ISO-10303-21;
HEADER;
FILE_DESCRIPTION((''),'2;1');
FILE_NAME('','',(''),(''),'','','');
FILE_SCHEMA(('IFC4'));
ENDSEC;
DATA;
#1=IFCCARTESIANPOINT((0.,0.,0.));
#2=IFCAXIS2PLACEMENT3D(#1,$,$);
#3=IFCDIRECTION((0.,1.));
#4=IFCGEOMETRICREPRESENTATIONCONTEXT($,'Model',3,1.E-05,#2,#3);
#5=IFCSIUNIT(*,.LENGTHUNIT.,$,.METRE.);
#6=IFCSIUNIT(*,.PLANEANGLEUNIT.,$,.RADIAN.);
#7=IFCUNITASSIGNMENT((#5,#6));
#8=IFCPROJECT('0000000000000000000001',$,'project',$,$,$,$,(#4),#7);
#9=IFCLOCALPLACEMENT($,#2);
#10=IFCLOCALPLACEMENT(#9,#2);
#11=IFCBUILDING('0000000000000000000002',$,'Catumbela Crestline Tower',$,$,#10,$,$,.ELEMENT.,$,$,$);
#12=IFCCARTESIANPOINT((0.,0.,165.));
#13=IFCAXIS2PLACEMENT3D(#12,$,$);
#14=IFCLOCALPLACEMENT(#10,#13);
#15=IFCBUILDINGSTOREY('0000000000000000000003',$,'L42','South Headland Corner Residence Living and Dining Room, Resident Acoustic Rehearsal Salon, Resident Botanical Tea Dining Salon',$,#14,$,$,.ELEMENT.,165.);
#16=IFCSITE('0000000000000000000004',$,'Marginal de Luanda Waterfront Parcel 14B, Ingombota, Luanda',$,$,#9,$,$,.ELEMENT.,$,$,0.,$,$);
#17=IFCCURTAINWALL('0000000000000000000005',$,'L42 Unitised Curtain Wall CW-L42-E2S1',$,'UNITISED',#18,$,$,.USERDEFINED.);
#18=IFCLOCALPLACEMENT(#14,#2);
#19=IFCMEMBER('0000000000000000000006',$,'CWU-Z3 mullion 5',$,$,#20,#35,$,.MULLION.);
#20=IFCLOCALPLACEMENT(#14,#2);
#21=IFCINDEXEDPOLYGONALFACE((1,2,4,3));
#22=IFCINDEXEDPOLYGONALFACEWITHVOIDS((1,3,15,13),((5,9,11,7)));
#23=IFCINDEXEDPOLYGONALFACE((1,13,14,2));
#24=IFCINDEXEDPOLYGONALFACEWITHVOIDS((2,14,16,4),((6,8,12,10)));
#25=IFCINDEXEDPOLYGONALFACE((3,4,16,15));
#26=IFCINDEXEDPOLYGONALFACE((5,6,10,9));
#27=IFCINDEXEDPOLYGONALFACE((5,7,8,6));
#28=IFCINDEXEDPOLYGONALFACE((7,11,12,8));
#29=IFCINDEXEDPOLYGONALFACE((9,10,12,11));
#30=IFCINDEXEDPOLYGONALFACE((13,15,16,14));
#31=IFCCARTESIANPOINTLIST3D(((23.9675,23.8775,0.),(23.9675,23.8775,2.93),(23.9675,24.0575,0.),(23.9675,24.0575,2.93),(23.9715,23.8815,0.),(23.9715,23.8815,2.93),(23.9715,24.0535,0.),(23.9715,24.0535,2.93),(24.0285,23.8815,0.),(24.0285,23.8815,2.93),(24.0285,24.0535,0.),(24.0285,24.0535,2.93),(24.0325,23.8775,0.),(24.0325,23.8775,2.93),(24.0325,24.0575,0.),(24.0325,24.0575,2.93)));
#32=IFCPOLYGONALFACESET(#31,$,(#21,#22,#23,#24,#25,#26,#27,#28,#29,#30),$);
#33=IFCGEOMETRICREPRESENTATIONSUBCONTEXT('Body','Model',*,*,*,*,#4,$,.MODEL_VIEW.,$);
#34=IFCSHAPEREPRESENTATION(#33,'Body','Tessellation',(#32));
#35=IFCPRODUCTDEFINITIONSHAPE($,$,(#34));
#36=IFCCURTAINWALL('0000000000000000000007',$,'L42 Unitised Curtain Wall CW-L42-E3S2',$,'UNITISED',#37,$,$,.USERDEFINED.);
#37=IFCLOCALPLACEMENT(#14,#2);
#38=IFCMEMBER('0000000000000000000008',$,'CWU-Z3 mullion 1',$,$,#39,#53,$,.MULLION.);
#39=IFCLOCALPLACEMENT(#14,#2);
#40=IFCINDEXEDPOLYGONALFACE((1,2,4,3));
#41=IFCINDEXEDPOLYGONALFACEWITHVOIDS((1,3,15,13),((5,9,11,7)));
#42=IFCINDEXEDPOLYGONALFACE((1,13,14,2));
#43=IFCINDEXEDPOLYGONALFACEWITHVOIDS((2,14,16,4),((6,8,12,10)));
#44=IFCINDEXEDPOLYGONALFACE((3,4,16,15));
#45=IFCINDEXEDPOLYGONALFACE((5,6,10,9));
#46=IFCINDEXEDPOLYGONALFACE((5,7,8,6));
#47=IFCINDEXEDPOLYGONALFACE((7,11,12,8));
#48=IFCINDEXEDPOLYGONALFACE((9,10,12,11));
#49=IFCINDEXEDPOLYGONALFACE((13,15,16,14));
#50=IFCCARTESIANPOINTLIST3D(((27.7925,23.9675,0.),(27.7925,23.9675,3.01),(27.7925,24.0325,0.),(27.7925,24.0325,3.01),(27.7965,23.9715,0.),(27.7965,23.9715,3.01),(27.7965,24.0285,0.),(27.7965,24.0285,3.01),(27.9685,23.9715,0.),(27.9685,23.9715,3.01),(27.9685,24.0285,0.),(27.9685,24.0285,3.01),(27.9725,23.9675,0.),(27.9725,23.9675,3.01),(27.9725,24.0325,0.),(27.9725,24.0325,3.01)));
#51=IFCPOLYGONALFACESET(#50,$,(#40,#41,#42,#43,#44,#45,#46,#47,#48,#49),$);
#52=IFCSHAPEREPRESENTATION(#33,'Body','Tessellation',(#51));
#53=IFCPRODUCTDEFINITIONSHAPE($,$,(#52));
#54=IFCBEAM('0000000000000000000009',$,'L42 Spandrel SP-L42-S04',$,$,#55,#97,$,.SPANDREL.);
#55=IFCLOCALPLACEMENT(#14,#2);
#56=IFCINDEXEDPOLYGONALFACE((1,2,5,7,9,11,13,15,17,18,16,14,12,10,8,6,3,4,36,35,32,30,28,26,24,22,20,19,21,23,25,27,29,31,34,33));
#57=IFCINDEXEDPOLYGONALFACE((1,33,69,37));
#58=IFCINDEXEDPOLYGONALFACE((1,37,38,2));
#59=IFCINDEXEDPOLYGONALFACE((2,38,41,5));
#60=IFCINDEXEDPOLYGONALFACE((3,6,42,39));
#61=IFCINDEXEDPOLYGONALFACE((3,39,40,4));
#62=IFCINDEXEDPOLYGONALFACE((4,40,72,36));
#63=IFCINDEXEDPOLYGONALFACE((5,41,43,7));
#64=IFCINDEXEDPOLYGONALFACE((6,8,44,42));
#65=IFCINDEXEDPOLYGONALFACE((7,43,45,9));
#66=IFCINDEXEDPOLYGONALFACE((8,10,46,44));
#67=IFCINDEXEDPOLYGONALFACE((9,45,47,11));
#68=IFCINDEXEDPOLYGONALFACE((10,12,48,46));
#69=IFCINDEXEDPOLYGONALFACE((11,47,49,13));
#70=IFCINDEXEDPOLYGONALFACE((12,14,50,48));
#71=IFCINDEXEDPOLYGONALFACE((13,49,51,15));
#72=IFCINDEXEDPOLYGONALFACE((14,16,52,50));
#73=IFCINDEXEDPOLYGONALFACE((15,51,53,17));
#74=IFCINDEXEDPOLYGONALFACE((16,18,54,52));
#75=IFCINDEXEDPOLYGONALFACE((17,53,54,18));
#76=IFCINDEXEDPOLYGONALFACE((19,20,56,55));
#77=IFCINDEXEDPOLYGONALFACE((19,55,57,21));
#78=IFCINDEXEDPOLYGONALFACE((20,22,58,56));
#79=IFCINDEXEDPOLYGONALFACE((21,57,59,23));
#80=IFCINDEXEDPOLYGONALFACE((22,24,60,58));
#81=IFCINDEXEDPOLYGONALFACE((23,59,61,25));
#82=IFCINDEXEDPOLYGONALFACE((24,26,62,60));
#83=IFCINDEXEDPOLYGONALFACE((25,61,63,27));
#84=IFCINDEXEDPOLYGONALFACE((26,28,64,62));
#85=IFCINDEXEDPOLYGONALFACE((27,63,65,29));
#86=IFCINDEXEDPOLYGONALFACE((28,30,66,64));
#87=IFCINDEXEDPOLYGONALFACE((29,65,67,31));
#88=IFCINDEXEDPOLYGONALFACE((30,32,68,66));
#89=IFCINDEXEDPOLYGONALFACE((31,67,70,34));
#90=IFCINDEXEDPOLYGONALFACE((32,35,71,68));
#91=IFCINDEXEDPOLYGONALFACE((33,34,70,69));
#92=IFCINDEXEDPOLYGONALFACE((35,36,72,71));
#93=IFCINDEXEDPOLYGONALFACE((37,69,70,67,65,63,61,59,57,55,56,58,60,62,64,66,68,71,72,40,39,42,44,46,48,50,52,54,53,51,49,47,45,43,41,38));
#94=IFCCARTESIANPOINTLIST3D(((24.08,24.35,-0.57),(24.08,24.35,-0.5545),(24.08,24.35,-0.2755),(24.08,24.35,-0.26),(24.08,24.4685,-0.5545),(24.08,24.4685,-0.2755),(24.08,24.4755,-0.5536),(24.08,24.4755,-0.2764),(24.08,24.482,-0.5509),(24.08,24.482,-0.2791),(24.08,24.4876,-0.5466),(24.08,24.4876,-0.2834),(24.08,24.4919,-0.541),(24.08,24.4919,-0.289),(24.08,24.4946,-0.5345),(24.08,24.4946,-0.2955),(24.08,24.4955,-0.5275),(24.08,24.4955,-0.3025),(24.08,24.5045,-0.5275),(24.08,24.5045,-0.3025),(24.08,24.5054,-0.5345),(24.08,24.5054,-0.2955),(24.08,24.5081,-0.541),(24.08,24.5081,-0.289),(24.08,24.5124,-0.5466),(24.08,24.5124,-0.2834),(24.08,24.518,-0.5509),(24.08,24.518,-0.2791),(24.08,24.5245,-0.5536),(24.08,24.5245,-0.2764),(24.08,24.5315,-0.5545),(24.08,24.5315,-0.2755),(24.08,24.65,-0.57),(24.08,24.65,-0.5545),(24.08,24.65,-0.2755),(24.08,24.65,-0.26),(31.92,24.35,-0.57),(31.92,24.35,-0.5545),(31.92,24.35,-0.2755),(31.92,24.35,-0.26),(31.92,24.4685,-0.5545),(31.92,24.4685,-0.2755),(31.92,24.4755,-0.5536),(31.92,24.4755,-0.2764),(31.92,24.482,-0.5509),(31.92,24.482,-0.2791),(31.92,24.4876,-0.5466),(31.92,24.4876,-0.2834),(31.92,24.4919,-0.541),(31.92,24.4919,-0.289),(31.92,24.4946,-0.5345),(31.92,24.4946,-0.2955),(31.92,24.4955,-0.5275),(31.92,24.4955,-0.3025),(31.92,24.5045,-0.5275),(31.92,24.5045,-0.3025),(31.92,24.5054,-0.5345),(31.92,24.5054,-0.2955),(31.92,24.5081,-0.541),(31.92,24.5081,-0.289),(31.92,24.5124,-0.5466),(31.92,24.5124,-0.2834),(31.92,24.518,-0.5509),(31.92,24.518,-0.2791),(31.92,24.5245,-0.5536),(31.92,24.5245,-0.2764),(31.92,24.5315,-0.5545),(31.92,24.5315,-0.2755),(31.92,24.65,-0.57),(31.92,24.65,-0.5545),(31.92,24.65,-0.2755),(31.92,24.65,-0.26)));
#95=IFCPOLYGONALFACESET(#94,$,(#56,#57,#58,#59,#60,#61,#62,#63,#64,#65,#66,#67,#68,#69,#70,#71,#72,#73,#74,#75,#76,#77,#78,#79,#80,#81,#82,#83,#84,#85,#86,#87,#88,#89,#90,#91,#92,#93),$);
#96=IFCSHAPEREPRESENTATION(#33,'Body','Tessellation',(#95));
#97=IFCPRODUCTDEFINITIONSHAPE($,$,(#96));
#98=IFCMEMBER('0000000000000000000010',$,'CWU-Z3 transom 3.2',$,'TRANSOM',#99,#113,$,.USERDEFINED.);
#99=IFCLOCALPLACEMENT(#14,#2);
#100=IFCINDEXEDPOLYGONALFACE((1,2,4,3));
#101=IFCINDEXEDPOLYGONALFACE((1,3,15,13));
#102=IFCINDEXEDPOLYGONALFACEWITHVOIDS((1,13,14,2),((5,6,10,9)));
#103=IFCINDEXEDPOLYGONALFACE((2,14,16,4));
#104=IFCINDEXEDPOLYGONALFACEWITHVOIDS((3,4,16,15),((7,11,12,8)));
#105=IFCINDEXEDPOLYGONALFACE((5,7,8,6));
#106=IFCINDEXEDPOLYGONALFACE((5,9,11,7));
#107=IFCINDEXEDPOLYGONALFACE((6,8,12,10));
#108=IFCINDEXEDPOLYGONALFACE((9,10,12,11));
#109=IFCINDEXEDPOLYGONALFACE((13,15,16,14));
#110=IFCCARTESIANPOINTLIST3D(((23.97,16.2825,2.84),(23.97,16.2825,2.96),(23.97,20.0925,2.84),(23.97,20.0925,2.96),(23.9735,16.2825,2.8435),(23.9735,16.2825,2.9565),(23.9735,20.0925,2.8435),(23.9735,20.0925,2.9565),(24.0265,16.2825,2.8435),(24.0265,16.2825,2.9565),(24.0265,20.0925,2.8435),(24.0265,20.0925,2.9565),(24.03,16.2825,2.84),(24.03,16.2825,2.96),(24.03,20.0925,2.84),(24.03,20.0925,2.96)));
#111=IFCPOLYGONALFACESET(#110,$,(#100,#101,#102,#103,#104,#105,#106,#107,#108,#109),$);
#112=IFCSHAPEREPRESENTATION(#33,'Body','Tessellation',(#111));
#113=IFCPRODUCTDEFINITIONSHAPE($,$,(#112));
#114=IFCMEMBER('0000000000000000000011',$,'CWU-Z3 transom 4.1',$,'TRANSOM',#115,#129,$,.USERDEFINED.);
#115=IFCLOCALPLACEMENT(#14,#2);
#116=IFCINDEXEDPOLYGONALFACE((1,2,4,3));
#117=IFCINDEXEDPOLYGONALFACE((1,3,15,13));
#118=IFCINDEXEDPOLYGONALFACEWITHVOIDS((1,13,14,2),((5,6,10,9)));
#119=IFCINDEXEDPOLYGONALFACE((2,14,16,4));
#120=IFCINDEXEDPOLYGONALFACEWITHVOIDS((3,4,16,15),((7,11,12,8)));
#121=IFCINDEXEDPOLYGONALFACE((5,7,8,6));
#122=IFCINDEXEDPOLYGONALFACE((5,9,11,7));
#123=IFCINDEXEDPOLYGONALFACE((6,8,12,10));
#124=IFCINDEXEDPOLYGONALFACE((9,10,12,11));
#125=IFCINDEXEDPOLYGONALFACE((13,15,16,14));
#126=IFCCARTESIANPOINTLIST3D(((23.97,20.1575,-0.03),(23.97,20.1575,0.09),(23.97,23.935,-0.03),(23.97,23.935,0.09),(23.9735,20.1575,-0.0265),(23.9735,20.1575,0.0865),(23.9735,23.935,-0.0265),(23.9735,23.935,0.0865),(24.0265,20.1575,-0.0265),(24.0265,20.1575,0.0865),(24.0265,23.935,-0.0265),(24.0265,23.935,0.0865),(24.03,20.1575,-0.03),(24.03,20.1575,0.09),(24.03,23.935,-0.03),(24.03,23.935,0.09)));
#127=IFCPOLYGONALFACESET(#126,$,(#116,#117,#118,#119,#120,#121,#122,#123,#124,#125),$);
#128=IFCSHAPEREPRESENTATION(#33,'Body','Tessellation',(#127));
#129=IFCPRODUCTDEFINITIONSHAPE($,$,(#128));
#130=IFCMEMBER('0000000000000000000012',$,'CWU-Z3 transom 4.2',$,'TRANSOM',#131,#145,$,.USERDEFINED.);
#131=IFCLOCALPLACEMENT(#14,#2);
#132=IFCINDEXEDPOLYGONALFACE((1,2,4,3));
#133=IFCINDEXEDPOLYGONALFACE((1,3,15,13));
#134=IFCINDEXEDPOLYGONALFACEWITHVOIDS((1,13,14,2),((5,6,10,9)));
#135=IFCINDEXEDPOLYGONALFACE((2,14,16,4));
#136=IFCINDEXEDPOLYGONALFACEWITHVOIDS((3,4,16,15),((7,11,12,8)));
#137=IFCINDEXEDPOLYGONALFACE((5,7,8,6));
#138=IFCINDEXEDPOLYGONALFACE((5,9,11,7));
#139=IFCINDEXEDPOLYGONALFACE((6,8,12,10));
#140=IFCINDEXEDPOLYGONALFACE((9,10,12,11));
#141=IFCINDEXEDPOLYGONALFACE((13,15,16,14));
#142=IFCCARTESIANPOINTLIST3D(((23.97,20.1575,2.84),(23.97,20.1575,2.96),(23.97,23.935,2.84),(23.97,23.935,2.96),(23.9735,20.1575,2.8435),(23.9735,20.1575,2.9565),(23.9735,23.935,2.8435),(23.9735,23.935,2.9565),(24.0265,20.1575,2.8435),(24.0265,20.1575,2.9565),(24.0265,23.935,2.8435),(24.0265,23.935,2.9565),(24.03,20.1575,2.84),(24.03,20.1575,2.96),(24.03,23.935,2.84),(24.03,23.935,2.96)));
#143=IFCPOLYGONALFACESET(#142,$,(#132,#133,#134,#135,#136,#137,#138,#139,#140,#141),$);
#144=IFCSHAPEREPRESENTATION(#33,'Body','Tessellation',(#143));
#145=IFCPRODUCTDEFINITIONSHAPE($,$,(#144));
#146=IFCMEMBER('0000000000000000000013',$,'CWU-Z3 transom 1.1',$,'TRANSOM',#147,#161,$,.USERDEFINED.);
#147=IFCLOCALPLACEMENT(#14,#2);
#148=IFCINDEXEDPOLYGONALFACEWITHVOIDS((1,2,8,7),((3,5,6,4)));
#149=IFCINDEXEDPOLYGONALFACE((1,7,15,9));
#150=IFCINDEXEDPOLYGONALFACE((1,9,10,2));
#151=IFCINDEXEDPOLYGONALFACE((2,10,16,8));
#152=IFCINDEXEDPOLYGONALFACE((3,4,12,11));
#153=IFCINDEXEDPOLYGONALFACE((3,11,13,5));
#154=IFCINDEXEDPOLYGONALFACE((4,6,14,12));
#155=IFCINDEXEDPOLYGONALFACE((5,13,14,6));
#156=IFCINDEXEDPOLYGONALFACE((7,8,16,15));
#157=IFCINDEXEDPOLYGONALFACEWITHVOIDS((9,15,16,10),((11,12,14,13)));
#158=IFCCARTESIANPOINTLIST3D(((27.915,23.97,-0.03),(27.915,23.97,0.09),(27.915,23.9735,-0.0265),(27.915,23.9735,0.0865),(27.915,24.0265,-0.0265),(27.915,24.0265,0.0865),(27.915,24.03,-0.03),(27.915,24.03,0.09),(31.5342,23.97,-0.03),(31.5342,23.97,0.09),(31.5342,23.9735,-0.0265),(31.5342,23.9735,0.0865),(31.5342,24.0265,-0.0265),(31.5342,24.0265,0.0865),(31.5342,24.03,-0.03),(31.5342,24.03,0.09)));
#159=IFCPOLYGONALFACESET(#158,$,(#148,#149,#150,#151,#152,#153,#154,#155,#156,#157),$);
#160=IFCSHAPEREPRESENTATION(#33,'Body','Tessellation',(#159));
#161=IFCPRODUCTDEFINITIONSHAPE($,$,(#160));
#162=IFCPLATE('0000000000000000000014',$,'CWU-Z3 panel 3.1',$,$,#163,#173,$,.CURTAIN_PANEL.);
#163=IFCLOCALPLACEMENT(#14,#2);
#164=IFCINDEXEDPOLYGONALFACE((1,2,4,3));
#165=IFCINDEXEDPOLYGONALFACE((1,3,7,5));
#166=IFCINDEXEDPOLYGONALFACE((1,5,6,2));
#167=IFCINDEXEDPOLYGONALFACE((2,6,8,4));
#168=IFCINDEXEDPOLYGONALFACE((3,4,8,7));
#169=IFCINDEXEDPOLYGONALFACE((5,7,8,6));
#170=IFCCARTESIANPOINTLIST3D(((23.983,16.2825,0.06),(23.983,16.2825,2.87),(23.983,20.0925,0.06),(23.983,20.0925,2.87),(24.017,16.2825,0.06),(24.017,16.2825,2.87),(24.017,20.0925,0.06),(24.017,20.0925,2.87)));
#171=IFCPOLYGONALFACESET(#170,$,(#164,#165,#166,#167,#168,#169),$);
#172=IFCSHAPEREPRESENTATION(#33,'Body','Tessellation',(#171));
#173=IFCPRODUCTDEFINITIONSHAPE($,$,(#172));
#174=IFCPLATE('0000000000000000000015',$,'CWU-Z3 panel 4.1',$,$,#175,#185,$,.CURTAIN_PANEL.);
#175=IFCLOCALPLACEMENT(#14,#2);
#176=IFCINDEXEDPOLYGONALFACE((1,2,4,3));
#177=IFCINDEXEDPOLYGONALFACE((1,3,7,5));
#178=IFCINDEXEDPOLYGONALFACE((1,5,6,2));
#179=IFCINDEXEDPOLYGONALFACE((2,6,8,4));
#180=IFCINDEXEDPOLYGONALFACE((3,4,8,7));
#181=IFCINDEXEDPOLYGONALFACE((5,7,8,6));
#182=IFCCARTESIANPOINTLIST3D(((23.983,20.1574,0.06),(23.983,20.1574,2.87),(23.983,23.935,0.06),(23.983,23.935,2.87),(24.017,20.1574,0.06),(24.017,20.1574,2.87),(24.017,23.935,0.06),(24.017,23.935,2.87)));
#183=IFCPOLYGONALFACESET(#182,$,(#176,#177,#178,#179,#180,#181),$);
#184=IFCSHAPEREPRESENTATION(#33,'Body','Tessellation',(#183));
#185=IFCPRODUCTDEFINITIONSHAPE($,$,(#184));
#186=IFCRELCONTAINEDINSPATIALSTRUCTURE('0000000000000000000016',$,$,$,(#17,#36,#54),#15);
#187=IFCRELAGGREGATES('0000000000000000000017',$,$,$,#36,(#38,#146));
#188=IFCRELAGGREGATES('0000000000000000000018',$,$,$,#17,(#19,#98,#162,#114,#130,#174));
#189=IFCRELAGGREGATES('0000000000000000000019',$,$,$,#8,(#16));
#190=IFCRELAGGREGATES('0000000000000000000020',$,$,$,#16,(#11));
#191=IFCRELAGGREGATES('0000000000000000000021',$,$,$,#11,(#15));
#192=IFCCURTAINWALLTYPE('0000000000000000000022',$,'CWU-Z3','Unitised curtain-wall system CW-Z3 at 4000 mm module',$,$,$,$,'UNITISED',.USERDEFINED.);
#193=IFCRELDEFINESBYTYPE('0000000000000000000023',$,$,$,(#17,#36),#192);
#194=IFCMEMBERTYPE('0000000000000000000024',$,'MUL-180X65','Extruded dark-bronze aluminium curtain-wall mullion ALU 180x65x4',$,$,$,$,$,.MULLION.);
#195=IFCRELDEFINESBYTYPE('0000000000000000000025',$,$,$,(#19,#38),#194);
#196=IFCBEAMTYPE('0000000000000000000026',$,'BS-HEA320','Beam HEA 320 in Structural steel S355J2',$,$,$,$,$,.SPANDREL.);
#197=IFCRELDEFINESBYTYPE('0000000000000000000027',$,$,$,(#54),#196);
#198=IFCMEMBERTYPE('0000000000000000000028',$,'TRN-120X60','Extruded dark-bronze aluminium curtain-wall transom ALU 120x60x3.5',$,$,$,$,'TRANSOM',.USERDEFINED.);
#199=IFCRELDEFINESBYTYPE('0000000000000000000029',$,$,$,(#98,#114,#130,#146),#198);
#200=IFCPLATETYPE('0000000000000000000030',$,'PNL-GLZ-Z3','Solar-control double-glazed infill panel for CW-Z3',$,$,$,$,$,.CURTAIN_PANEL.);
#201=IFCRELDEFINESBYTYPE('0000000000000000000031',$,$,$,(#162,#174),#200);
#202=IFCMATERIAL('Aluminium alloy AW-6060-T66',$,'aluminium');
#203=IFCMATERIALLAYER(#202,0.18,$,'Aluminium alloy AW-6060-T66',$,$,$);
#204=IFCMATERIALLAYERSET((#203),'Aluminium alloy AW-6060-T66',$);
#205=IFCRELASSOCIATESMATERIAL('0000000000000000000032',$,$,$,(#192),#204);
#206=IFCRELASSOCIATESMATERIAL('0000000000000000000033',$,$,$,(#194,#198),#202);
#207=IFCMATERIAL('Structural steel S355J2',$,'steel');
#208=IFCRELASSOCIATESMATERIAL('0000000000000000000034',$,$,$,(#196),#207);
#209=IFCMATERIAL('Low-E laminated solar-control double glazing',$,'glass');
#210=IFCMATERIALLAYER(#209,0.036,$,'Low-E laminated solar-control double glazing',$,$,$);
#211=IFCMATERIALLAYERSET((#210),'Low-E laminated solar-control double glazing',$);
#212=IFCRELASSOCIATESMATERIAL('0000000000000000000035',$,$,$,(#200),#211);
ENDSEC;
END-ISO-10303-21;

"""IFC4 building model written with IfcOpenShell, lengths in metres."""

from ifc_helpers import new_model, si_unit, direction, frame, origin, origin_2d, place, context, subcontext, project, spatial, rectangle, hollow_rectangle, i_section, extrude, material, layer, layer_set, material_profile, profile_set, type_object, element, aggregate, save


model = new_model("IFC4")

# Units and contexts
model_context = context("Model", 3, precision=1e-05, world=origin(), true_north=direction((0.0, 1.0)))
body_context = subcontext(model_context, "Body", "Model", "MODEL_VIEW")
ifc_project = project(units=[si_unit("LENGTHUNIT", "METRE"), si_unit("PLANEANGLEUNIT", "RADIAN")], contexts=[model_context])

# Site, building, storey
site_placement = place(None, origin())
site = spatial("IfcSite", under=ifc_project, at=site_placement, Name="Marginal de Luanda Waterfront Parcel 14B, Ingombota, Luanda", CompositionType="ELEMENT", RefElevation=0.0)
building_placement = place(site_placement, origin())
building = spatial("IfcBuilding", under=site, at=building_placement, Name="Catumbela Crestline Tower", CompositionType="ELEMENT")
storey_placement = place(building_placement, frame((0.0, 0.0, 165.0)))
storey = spatial("IfcBuildingStorey", under=building, at=storey_placement, Name="L42", Description="South Headland Corner Residence Living and Dining Room, Resident Acoustic Rehearsal Salon, Resident Botanical Tea Dining Salon", CompositionType="ELEMENT", Elevation=165.0)

# Shared definitions
ifc_material_1 = material(Name="Structural steel S355J2", Category="steel")

# Curtain wall, member
ifc_material_2 = material(Name="Aluminium alloy AW-6060-T66", Category="aluminium")
ifc_layer_1 = layer(ifc_material_2, 0.18, Name="Aluminium alloy AW-6060-T66")
ifc_layer_set_1 = layer_set([ifc_layer_1], Name="Aluminium alloy AW-6060-T66")
curtain_wall_type = type_object("IfcCurtainWallType", Name="CWU-Z3", Description="Unitised curtain-wall system CW-Z3 at 4000 mm module", ElementType="UNITISED", PredefinedType="USERDEFINED", material=ifc_layer_set_1)
curtain_wall_1_placement = place(storey_placement, origin())
curtain_wall_1 = element("IfcCurtainWall", 1, at=curtain_wall_1_placement, inside=storey, type_object=curtain_wall_type, Name="L42 Unitised Curtain Wall CW-L42-E2S1", ObjectType="UNITISED", PredefinedType="USERDEFINED")
ifc_material_profile_1 = material_profile(ifc_material_2, hollow_rectangle(XDim=0.065, YDim=0.18, WallThickness=0.004, at=origin_2d()), Name="ALU 180x65x4")
ifc_profile_set_1 = profile_set([ifc_material_profile_1], Name="Aluminium alloy AW-6060-T66")
member_type_1 = type_object("IfcMemberType", Name="MUL-180X65", Description="Extruded dark-bronze aluminium curtain-wall mullion ALU 180x65x4", PredefinedType="MULLION", material=ifc_profile_set_1)
member_1_placement = place(storey_placement, frame((24.0, 23.9675, 0.0), z_axis=(0.0, 0.0, 1.0), x_axis=(-1.0, 0.0, 0.0)))
member_1 = element("IfcMember", 2, at=member_1_placement, type_object=member_type_1, Name="CWU-Z3 mullion 5", PredefinedType="MULLION", context=body_context, shape_type="SweptSolid", body=[
    extrude(hollow_rectangle(XDim=0.065, YDim=0.18, WallThickness=0.004, at=origin_2d()), origin(), (0.0, 0.0, 1.0), 2.93),
])

# Curtain wall, member
curtain_wall_2_placement = place(storey_placement, origin())
curtain_wall_2 = element("IfcCurtainWall", 3, at=curtain_wall_2_placement, inside=storey, type_object=curtain_wall_type, Name="L42 Unitised Curtain Wall CW-L42-E3S2", ObjectType="UNITISED", PredefinedType="USERDEFINED")
member_2_placement = place(storey_placement, frame((27.8825, 24.0, 0.0), z_axis=(0.0, 0.0, 1.0), x_axis=(0.0, 1.0, 0.0)))
member_2 = element("IfcMember", 4, at=member_2_placement, type_object=member_type_1, Name="CWU-Z3 mullion 1", PredefinedType="MULLION", context=body_context, shape_type="SweptSolid", body=[
    extrude(hollow_rectangle(XDim=0.065, YDim=0.18, WallThickness=0.004, at=origin_2d()), origin(), (0.0, 0.0, 1.0), 3.01),
])

# Beam
ifc_material_profile_2 = material_profile(ifc_material_1, i_section(OverallWidth=0.3, OverallDepth=0.31, WebThickness=0.009, FlangeThickness=0.0155, FilletRadius=0.027, at=origin_2d()), Name="HEA 320")
ifc_profile_set_2 = profile_set([ifc_material_profile_2], Name="Structural steel S355J2")
beam_type_1 = type_object("IfcBeamType", Name="BS-HEA320", Description="Beam HEA 320 in Structural steel S355J2", PredefinedType="SPANDREL", material=ifc_profile_set_2)
beam_1_placement = place(storey_placement, frame((24.08, 24.5, -0.415), z_axis=(1.0, 0.0, 0.0), x_axis=(0.0, 1.0, 0.0)))
element("IfcBeam", 5, at=beam_1_placement, inside=storey, type_object=beam_type_1, Name="L42 Spandrel SP-L42-S04", PredefinedType="SPANDREL", context=body_context, shape_type="SweptSolid", body=[
    extrude(i_section(OverallWidth=0.3, OverallDepth=0.31, WebThickness=0.009, FlangeThickness=0.0155, FilletRadius=0.027, at=origin_2d()), origin(), (0.0, 0.0, 1.0), 7.84),
])

# Members
ifc_material_profile_3 = material_profile(ifc_material_2, hollow_rectangle(XDim=0.06, YDim=0.12, WallThickness=0.0035, at=origin_2d()), Name="ALU 120x60x3.5")
ifc_profile_set_3 = profile_set([ifc_material_profile_3], Name="Aluminium alloy AW-6060-T66")
member_type_2 = type_object("IfcMemberType", Name="TRN-120X60", Description="Extruded dark-bronze aluminium curtain-wall transom ALU 120x60x3.5", ElementType="TRANSOM", PredefinedType="USERDEFINED", material=ifc_profile_set_3)
member_3_placement = place(storey_placement, frame((24.0, 16.2825, 2.9), z_axis=(0.0, 1.0, 0.0), x_axis=(-1.0, 0.0, 0.0)))
member_3 = element("IfcMember", 6, at=member_3_placement, type_object=member_type_2, Name="CWU-Z3 transom 3.2", ObjectType="TRANSOM", PredefinedType="USERDEFINED", context=body_context, shape_type="SweptSolid", body=[
    extrude(hollow_rectangle(XDim=0.06, YDim=0.12, WallThickness=0.0035, at=origin_2d()), origin(), (0.0, 0.0, 1.0), 3.81),
])
member_4_placement = place(storey_placement, frame((24.0, 20.1575, 0.03), z_axis=(0.0, 1.0, 0.0), x_axis=(-1.0, 0.0, 0.0)))
member_4 = element("IfcMember", 7, at=member_4_placement, type_object=member_type_2, Name="CWU-Z3 transom 4.1", ObjectType="TRANSOM", PredefinedType="USERDEFINED", context=body_context, shape_type="SweptSolid", body=[
    extrude(hollow_rectangle(XDim=0.06, YDim=0.12, WallThickness=0.0035, at=origin_2d()), origin(), (0.0, 0.0, 1.0), 3.7775),
])
member_5_placement = place(storey_placement, frame((24.0, 20.1575, 2.9), z_axis=(0.0, 1.0, 0.0), x_axis=(-1.0, 0.0, 0.0)))
member_5 = element("IfcMember", 8, at=member_5_placement, type_object=member_type_2, Name="CWU-Z3 transom 4.2", ObjectType="TRANSOM", PredefinedType="USERDEFINED", context=body_context, shape_type="SweptSolid", body=[
    extrude(hollow_rectangle(XDim=0.06, YDim=0.12, WallThickness=0.0035, at=origin_2d()), origin(), (0.0, 0.0, 1.0), 3.7775),
])
member_6_placement = place(storey_placement, frame((27.915, 24.0, 0.03), z_axis=(1.0, 0.0, 0.0), x_axis=(0.0, 1.0, 0.0)))
member_6 = element("IfcMember", 9, at=member_6_placement, type_object=member_type_2, Name="CWU-Z3 transom 1.1", ObjectType="TRANSOM", PredefinedType="USERDEFINED", context=body_context, shape_type="SweptSolid", body=[
    extrude(hollow_rectangle(XDim=0.06, YDim=0.12, WallThickness=0.0035, at=origin_2d()), origin(), (0.0, 0.0, 1.0), 3.6192),
])
aggregate(curtain_wall_2, [member_2, member_6])

# Plates
ifc_material_3 = material(Name="Low-E laminated solar-control double glazing", Category="glass")
ifc_layer_2 = layer(ifc_material_3, 0.036, Name="Low-E laminated solar-control double glazing")
ifc_layer_set_2 = layer_set([ifc_layer_2], Name="Low-E laminated solar-control double glazing")
plate_type = type_object("IfcPlateType", Name="PNL-GLZ-Z3", Description="Solar-control double-glazed infill panel for CW-Z3", PredefinedType="CURTAIN_PANEL", material=ifc_layer_set_2)
plate_1_placement = place(storey_placement, frame((24.0, 18.1875, 0.06), z_axis=(0.0, 0.0, 1.0), x_axis=(0.0, 1.0, 0.0)))
plate_1 = element("IfcPlate", 10, at=plate_1_placement, type_object=plate_type, Name="CWU-Z3 panel 3.1", PredefinedType="CURTAIN_PANEL", context=body_context, shape_type="SweptSolid", body=[
    extrude(rectangle(XDim=3.81, YDim=0.034, at=origin_2d()), origin(), (0.0, 0.0, 1.0), 2.81),
])
plate_2_placement = place(storey_placement, frame((24.0, 22.0462, 0.06), z_axis=(0.0, 0.0, 1.0), x_axis=(0.0, 1.0, 0.0)))
plate_2 = element("IfcPlate", 11, at=plate_2_placement, type_object=plate_type, Name="CWU-Z3 panel 4.1", PredefinedType="CURTAIN_PANEL", context=body_context, shape_type="SweptSolid", body=[
    extrude(rectangle(XDim=3.7775, YDim=0.034, at=origin_2d()), origin(), (0.0, 0.0, 1.0), 2.81),
])
aggregate(curtain_wall_1, [member_1, member_3, plate_1, member_4, member_5, plate_2])

save(model, "model.ifc")
